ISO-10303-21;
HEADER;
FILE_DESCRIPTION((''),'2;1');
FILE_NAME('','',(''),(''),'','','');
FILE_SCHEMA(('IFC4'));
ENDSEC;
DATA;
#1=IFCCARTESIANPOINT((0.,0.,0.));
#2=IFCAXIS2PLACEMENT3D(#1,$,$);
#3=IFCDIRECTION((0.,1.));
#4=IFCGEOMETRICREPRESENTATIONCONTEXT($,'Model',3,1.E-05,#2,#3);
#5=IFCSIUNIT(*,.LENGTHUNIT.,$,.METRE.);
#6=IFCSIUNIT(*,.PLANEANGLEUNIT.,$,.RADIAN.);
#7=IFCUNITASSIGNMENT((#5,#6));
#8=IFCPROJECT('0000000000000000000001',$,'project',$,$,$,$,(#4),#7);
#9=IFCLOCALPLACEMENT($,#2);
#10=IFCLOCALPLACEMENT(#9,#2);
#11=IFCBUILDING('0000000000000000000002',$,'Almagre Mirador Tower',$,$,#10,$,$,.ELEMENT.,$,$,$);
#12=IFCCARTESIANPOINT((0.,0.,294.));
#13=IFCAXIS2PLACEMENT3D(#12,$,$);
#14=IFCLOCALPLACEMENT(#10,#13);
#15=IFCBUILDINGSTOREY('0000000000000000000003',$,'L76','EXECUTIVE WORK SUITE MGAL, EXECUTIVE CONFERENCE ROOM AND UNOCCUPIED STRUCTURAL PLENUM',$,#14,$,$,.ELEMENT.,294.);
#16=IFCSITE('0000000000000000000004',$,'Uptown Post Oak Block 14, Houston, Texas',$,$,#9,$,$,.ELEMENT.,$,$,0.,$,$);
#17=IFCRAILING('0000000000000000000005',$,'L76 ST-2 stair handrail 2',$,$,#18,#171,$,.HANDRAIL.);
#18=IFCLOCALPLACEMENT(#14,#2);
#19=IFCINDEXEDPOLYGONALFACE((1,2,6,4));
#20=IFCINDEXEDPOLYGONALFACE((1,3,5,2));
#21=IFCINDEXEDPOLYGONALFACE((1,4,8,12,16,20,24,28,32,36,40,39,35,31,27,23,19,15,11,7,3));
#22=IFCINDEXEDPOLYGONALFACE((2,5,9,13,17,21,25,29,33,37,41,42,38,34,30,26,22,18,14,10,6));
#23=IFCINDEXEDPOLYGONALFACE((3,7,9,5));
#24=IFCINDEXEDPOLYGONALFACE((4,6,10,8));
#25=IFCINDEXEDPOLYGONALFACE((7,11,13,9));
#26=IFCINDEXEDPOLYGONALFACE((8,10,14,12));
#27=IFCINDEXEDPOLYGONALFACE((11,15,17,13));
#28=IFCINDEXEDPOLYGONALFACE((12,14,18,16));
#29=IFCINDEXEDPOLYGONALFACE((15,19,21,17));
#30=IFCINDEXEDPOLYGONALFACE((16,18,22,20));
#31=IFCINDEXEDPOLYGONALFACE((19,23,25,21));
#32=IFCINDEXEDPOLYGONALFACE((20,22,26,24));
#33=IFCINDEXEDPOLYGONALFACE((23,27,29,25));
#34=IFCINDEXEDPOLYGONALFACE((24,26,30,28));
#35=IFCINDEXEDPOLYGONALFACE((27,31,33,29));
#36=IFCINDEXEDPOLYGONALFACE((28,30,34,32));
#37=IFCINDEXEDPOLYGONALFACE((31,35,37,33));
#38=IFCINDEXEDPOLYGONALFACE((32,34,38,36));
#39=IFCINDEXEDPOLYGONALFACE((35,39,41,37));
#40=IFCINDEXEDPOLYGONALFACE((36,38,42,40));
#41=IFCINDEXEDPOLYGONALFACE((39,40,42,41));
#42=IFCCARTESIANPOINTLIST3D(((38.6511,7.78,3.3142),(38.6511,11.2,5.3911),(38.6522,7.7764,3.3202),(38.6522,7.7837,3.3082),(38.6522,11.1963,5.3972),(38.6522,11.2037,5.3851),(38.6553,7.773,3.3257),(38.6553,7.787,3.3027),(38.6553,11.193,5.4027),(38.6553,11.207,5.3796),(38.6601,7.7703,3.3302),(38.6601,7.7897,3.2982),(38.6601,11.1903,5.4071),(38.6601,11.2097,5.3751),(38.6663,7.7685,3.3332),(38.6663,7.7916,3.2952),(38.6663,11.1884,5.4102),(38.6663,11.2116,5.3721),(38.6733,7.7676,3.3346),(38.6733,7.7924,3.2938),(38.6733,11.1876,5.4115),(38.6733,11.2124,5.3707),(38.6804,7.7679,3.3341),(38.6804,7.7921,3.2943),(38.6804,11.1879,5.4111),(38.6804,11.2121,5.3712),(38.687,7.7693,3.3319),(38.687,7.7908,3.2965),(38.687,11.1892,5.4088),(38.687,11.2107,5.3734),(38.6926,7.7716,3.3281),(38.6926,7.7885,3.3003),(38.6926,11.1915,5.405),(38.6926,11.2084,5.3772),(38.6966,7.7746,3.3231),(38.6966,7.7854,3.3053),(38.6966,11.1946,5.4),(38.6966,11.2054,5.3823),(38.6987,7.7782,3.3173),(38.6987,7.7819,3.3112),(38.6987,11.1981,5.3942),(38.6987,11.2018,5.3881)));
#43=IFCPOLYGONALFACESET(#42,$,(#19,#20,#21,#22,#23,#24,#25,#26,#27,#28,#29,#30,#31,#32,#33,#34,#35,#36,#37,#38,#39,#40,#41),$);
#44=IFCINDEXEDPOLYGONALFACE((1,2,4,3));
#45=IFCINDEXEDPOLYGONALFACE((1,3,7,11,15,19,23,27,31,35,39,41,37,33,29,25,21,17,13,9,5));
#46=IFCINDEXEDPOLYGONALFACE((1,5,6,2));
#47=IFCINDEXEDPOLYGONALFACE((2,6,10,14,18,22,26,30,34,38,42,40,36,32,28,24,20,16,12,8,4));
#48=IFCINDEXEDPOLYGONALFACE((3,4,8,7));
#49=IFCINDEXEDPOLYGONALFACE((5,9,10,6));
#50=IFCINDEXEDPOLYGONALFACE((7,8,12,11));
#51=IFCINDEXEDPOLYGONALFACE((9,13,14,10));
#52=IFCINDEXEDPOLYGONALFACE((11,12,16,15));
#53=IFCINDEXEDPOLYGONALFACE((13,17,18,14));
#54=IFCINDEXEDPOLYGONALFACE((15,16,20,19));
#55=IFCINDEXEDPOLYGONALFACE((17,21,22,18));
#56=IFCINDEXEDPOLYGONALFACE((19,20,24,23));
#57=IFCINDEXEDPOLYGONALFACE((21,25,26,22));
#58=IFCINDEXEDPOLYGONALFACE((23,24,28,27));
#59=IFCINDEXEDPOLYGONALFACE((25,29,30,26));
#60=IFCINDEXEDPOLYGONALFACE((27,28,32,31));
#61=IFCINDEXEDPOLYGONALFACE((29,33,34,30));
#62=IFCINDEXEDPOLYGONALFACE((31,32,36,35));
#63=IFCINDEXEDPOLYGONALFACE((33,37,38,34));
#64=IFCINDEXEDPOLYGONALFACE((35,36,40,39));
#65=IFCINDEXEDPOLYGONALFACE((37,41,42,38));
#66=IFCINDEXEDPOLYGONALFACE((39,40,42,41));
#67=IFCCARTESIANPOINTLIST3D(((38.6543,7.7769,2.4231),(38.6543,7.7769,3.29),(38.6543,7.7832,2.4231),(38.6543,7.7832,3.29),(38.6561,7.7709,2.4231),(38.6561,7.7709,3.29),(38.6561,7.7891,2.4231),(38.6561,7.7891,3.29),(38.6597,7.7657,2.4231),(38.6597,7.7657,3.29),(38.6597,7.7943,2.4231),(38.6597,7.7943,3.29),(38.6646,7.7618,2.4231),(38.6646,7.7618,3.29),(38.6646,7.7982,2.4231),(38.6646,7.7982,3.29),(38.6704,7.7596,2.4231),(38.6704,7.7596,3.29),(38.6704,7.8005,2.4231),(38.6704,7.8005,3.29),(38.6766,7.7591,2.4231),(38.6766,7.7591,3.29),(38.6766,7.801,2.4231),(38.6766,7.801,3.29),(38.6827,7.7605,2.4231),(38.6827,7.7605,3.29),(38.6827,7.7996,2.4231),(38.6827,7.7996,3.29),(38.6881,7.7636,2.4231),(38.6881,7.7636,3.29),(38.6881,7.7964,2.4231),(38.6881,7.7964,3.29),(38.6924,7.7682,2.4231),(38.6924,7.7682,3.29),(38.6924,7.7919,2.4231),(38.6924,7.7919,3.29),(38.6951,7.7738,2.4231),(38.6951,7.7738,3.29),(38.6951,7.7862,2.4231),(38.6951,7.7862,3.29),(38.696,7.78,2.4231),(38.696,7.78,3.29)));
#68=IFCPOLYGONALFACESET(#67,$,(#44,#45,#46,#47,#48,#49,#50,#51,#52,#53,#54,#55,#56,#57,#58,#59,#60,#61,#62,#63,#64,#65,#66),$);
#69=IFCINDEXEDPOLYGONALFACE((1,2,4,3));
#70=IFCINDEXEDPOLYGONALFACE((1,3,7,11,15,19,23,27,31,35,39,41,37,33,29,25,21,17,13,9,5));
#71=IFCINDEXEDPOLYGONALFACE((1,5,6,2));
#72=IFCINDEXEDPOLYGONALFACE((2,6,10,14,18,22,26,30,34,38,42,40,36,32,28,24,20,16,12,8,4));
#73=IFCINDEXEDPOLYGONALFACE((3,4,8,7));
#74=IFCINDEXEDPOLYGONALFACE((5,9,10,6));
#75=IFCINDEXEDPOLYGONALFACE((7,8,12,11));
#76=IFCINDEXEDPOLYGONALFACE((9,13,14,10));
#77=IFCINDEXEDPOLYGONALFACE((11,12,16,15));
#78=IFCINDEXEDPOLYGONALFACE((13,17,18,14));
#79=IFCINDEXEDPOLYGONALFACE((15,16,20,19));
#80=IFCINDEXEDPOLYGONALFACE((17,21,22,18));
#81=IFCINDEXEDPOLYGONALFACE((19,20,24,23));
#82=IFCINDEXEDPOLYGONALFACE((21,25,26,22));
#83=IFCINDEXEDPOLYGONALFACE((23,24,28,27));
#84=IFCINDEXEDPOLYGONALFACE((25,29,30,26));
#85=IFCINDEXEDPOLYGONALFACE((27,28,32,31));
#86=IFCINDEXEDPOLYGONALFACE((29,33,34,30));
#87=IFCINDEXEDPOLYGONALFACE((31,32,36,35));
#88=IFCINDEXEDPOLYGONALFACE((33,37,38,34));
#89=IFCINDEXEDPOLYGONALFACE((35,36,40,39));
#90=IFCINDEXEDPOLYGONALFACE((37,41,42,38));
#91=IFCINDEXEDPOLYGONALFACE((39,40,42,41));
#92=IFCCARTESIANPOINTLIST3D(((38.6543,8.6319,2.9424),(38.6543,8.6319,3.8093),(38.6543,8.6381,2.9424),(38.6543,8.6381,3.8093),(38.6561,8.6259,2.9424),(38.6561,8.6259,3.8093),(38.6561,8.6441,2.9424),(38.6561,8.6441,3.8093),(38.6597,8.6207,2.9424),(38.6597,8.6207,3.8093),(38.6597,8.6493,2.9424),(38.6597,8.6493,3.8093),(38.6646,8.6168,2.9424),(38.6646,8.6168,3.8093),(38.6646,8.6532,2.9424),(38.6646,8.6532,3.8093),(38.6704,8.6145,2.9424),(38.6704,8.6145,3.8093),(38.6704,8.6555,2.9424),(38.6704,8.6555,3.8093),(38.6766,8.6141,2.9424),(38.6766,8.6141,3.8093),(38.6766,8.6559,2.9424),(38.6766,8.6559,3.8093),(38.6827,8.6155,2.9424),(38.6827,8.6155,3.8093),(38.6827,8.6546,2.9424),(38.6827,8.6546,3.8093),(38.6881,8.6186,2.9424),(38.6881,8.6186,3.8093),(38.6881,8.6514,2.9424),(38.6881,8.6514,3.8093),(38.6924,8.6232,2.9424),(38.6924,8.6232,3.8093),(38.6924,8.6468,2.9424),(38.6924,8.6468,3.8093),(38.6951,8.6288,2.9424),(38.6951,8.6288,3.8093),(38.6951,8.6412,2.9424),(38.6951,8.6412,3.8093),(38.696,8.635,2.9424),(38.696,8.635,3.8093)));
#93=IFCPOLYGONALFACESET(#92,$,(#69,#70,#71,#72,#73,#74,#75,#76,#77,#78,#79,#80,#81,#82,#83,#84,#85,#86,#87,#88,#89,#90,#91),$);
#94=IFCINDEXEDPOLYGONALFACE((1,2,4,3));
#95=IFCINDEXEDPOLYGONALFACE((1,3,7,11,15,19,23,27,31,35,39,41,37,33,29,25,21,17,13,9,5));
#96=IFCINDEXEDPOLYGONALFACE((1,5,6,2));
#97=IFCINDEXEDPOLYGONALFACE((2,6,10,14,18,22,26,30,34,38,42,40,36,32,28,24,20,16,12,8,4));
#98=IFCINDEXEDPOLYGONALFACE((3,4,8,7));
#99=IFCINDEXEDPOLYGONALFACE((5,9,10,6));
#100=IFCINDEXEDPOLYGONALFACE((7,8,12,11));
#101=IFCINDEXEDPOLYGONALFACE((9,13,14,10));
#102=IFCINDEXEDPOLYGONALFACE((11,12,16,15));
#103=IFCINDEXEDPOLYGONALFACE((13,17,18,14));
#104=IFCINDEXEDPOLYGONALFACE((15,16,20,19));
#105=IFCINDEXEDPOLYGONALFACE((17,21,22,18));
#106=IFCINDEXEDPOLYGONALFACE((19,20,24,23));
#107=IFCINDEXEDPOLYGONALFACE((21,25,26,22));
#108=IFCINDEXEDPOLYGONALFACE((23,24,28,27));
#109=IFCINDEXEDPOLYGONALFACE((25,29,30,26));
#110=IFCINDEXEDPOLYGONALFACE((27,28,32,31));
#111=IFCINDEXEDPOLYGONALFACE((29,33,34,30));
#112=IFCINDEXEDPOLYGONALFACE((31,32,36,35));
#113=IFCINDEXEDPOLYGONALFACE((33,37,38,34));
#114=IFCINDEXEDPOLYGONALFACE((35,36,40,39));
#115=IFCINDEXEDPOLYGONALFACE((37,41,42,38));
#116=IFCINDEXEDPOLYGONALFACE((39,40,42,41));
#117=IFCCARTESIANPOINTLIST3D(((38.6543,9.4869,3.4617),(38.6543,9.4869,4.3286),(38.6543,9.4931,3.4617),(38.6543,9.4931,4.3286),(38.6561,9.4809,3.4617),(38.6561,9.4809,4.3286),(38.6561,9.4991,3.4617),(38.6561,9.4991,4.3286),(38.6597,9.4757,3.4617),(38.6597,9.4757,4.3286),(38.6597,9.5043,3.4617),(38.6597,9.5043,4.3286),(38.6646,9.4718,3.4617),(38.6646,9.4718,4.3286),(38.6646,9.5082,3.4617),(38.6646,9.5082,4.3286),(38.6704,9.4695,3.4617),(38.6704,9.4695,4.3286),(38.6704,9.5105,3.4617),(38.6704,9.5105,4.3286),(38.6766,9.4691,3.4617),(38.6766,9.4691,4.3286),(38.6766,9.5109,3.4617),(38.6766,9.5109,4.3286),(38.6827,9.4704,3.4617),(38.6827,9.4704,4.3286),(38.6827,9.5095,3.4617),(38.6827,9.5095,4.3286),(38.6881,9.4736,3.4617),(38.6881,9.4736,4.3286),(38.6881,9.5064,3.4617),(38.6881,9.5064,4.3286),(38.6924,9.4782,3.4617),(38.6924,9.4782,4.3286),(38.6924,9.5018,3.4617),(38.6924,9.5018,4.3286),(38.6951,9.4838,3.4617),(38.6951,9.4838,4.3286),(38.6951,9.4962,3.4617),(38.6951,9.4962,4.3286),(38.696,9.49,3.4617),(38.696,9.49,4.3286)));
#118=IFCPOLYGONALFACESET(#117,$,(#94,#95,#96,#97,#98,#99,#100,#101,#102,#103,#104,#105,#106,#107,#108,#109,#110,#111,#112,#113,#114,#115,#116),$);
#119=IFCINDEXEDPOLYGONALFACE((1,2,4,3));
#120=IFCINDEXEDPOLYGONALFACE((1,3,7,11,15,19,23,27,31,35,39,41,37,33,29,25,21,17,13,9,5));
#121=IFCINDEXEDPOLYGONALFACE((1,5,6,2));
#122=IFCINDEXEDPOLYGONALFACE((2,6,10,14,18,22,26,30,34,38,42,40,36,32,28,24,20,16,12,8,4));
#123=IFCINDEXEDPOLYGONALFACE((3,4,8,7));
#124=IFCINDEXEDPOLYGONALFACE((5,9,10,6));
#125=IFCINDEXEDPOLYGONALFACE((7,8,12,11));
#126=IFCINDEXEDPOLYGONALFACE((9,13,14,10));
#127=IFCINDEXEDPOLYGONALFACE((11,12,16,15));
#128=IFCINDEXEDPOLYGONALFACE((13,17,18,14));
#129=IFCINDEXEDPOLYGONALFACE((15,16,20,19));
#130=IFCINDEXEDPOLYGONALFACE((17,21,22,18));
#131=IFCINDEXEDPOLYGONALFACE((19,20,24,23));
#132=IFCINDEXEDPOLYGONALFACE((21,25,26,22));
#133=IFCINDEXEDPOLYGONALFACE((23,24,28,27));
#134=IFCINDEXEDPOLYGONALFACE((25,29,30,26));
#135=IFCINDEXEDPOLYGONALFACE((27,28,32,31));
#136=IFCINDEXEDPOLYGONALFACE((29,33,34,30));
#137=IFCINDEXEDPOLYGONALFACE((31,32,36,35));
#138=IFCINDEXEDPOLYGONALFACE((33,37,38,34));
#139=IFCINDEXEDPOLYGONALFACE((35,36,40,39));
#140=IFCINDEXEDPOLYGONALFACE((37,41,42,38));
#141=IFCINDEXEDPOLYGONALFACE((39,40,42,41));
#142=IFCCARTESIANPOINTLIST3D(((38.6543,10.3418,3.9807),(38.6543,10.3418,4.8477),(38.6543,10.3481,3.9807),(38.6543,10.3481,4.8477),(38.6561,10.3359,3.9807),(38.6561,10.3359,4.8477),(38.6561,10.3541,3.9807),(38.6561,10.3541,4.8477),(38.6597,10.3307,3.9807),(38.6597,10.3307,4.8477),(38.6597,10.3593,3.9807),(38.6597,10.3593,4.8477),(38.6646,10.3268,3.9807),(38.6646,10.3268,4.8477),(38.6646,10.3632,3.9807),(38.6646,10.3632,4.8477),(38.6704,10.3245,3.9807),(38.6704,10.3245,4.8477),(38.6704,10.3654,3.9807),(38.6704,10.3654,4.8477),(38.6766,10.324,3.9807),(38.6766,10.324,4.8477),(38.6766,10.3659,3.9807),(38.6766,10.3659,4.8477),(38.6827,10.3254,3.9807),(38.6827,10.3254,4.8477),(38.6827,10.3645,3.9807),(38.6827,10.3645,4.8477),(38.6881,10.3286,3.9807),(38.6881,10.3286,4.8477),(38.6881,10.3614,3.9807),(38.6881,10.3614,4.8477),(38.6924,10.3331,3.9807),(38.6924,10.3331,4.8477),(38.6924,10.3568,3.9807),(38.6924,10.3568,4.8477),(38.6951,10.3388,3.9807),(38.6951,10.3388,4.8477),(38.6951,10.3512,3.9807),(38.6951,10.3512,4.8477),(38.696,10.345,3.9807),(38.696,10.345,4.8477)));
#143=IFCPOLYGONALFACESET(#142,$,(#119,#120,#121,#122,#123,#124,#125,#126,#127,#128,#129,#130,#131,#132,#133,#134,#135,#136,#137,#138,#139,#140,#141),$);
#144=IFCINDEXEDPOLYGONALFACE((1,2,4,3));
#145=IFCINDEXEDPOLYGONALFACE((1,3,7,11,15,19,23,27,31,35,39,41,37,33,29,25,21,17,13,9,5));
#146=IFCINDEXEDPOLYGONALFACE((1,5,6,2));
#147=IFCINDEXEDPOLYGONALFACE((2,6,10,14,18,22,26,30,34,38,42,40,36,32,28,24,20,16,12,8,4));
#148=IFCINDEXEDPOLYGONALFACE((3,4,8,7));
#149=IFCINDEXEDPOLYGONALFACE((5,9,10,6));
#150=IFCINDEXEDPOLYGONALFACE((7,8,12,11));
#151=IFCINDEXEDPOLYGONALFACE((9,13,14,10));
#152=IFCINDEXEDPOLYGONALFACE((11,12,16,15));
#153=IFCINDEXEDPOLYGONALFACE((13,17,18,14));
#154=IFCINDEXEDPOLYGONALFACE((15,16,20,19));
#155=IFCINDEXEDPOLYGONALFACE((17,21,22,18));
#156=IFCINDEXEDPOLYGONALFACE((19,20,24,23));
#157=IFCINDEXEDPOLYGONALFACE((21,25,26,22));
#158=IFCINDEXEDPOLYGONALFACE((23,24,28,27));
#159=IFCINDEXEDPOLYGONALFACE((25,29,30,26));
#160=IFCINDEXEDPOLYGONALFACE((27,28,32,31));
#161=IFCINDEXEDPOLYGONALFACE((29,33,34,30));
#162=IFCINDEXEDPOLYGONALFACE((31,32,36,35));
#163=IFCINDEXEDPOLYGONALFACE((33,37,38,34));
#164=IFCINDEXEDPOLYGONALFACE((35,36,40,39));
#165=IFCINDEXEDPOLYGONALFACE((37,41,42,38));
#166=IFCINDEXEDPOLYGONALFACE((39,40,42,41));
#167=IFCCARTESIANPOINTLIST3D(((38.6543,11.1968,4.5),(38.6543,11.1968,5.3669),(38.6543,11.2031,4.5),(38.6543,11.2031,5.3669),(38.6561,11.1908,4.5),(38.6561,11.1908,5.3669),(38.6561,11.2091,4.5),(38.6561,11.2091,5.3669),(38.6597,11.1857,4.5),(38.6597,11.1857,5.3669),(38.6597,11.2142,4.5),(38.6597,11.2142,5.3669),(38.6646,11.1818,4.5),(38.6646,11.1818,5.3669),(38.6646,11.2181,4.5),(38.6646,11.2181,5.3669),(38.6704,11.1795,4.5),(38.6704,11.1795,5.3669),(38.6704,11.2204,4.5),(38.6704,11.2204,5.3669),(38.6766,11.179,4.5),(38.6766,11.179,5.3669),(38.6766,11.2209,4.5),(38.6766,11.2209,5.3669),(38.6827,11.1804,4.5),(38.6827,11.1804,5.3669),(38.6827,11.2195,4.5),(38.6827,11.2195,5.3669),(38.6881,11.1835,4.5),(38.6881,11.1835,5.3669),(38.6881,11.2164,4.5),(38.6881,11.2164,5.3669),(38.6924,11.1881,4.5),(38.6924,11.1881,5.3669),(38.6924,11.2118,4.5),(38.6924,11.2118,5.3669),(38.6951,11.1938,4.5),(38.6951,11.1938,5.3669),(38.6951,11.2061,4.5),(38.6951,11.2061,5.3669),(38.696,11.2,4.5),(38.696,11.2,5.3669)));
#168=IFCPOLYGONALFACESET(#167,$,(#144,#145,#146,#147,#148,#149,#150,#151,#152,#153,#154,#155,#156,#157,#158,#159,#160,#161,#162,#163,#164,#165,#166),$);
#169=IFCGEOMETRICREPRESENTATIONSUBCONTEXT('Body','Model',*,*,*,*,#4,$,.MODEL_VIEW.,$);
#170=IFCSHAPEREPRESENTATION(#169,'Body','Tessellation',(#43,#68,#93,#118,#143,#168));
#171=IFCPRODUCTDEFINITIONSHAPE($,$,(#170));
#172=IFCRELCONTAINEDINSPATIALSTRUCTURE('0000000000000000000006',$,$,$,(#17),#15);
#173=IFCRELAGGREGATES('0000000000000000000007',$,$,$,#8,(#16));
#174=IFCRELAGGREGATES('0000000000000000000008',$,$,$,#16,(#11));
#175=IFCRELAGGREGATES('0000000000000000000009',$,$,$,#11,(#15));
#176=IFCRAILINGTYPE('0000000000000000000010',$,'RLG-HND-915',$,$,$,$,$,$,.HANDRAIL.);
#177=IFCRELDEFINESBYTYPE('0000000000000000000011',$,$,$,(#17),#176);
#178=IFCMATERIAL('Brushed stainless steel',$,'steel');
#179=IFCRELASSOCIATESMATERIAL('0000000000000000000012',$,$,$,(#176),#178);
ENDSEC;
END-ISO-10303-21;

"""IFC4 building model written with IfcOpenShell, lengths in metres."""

from ifc_helpers import new_model, si_unit, direction, frame, origin, origin_2d, place, context, subcontext, project, spatial, circle, extrude, material, type_object, element, save


model = new_model("IFC4")

# Units and contexts
model_context = context("Model", 3, precision=1e-05, world=origin(), true_north=direction((0.0, 1.0)))
body_context = subcontext(model_context, "Body", "Model", "MODEL_VIEW")
ifc_project = project(units=[si_unit("LENGTHUNIT", "METRE"), si_unit("PLANEANGLEUNIT", "RADIAN")], contexts=[model_context])

# Site, building, storey
site_placement = place(None, origin())
site = spatial("IfcSite", under=ifc_project, at=site_placement, Name="Uptown Post Oak Block 14, Houston, Texas", CompositionType="ELEMENT", RefElevation=0.0)
building_placement = place(site_placement, origin())
building = spatial("IfcBuilding", under=site, at=building_placement, Name="Almagre Mirador Tower", CompositionType="ELEMENT")
storey_placement = place(building_placement, frame((0.0, 0.0, 294.0)))
storey = spatial("IfcBuildingStorey", under=building, at=storey_placement, Name="L76", Description="EXECUTIVE WORK SUITE MGAL, EXECUTIVE CONFERENCE ROOM AND UNOCCUPIED STRUCTURAL PLENUM", CompositionType="ELEMENT", Elevation=294.0)

# Railing
ifc_material_1 = material(Name="Brushed stainless steel", Category="steel")
railing_type_1 = type_object("IfcRailingType", Name="RLG-HND-915", PredefinedType="HANDRAIL", material=ifc_material_1)
railing_1_placement = place(storey_placement, frame((38.675, 7.78, 2.4231)))
element("IfcRailing", 1, at=railing_1_placement, inside=storey, type_object=railing_type_1, Name="L76 ST-2 stair handrail 2", PredefinedType="HANDRAIL", context=body_context, shape_type="SweptSolid", body=[
    extrude(circle(Radius=0.0239, at=origin_2d()), frame((0.0, 0.0, 0.8911), z_axis=(0.0, 0.85473, 0.519074), x_axis=(-1.0, 0.0, 0.0)), (0.0, 0.0, 1.0), 4.0012),
    extrude(circle(Radius=0.021, at=origin_2d()), origin(), (0.0, 0.0, 1.0), 0.8669),
    extrude(circle(Radius=0.021, at=origin_2d()), frame((0.0, 0.855, 0.5193)), (0.0, 0.0, 1.0), 0.8669),
    extrude(circle(Radius=0.021, at=origin_2d()), frame((0.0, 1.71, 1.0386)), (0.0, 0.0, 1.0), 0.8669),
    extrude(circle(Radius=0.021, at=origin_2d()), frame((0.0, 2.5649, 1.5576)), (0.0, 0.0, 1.0), 0.8669),
    extrude(circle(Radius=0.021, at=origin_2d()), frame((0.0, 3.4199, 2.0769)), (0.0, 0.0, 1.0), 0.8669),
])

save(model, "model.ifc")
